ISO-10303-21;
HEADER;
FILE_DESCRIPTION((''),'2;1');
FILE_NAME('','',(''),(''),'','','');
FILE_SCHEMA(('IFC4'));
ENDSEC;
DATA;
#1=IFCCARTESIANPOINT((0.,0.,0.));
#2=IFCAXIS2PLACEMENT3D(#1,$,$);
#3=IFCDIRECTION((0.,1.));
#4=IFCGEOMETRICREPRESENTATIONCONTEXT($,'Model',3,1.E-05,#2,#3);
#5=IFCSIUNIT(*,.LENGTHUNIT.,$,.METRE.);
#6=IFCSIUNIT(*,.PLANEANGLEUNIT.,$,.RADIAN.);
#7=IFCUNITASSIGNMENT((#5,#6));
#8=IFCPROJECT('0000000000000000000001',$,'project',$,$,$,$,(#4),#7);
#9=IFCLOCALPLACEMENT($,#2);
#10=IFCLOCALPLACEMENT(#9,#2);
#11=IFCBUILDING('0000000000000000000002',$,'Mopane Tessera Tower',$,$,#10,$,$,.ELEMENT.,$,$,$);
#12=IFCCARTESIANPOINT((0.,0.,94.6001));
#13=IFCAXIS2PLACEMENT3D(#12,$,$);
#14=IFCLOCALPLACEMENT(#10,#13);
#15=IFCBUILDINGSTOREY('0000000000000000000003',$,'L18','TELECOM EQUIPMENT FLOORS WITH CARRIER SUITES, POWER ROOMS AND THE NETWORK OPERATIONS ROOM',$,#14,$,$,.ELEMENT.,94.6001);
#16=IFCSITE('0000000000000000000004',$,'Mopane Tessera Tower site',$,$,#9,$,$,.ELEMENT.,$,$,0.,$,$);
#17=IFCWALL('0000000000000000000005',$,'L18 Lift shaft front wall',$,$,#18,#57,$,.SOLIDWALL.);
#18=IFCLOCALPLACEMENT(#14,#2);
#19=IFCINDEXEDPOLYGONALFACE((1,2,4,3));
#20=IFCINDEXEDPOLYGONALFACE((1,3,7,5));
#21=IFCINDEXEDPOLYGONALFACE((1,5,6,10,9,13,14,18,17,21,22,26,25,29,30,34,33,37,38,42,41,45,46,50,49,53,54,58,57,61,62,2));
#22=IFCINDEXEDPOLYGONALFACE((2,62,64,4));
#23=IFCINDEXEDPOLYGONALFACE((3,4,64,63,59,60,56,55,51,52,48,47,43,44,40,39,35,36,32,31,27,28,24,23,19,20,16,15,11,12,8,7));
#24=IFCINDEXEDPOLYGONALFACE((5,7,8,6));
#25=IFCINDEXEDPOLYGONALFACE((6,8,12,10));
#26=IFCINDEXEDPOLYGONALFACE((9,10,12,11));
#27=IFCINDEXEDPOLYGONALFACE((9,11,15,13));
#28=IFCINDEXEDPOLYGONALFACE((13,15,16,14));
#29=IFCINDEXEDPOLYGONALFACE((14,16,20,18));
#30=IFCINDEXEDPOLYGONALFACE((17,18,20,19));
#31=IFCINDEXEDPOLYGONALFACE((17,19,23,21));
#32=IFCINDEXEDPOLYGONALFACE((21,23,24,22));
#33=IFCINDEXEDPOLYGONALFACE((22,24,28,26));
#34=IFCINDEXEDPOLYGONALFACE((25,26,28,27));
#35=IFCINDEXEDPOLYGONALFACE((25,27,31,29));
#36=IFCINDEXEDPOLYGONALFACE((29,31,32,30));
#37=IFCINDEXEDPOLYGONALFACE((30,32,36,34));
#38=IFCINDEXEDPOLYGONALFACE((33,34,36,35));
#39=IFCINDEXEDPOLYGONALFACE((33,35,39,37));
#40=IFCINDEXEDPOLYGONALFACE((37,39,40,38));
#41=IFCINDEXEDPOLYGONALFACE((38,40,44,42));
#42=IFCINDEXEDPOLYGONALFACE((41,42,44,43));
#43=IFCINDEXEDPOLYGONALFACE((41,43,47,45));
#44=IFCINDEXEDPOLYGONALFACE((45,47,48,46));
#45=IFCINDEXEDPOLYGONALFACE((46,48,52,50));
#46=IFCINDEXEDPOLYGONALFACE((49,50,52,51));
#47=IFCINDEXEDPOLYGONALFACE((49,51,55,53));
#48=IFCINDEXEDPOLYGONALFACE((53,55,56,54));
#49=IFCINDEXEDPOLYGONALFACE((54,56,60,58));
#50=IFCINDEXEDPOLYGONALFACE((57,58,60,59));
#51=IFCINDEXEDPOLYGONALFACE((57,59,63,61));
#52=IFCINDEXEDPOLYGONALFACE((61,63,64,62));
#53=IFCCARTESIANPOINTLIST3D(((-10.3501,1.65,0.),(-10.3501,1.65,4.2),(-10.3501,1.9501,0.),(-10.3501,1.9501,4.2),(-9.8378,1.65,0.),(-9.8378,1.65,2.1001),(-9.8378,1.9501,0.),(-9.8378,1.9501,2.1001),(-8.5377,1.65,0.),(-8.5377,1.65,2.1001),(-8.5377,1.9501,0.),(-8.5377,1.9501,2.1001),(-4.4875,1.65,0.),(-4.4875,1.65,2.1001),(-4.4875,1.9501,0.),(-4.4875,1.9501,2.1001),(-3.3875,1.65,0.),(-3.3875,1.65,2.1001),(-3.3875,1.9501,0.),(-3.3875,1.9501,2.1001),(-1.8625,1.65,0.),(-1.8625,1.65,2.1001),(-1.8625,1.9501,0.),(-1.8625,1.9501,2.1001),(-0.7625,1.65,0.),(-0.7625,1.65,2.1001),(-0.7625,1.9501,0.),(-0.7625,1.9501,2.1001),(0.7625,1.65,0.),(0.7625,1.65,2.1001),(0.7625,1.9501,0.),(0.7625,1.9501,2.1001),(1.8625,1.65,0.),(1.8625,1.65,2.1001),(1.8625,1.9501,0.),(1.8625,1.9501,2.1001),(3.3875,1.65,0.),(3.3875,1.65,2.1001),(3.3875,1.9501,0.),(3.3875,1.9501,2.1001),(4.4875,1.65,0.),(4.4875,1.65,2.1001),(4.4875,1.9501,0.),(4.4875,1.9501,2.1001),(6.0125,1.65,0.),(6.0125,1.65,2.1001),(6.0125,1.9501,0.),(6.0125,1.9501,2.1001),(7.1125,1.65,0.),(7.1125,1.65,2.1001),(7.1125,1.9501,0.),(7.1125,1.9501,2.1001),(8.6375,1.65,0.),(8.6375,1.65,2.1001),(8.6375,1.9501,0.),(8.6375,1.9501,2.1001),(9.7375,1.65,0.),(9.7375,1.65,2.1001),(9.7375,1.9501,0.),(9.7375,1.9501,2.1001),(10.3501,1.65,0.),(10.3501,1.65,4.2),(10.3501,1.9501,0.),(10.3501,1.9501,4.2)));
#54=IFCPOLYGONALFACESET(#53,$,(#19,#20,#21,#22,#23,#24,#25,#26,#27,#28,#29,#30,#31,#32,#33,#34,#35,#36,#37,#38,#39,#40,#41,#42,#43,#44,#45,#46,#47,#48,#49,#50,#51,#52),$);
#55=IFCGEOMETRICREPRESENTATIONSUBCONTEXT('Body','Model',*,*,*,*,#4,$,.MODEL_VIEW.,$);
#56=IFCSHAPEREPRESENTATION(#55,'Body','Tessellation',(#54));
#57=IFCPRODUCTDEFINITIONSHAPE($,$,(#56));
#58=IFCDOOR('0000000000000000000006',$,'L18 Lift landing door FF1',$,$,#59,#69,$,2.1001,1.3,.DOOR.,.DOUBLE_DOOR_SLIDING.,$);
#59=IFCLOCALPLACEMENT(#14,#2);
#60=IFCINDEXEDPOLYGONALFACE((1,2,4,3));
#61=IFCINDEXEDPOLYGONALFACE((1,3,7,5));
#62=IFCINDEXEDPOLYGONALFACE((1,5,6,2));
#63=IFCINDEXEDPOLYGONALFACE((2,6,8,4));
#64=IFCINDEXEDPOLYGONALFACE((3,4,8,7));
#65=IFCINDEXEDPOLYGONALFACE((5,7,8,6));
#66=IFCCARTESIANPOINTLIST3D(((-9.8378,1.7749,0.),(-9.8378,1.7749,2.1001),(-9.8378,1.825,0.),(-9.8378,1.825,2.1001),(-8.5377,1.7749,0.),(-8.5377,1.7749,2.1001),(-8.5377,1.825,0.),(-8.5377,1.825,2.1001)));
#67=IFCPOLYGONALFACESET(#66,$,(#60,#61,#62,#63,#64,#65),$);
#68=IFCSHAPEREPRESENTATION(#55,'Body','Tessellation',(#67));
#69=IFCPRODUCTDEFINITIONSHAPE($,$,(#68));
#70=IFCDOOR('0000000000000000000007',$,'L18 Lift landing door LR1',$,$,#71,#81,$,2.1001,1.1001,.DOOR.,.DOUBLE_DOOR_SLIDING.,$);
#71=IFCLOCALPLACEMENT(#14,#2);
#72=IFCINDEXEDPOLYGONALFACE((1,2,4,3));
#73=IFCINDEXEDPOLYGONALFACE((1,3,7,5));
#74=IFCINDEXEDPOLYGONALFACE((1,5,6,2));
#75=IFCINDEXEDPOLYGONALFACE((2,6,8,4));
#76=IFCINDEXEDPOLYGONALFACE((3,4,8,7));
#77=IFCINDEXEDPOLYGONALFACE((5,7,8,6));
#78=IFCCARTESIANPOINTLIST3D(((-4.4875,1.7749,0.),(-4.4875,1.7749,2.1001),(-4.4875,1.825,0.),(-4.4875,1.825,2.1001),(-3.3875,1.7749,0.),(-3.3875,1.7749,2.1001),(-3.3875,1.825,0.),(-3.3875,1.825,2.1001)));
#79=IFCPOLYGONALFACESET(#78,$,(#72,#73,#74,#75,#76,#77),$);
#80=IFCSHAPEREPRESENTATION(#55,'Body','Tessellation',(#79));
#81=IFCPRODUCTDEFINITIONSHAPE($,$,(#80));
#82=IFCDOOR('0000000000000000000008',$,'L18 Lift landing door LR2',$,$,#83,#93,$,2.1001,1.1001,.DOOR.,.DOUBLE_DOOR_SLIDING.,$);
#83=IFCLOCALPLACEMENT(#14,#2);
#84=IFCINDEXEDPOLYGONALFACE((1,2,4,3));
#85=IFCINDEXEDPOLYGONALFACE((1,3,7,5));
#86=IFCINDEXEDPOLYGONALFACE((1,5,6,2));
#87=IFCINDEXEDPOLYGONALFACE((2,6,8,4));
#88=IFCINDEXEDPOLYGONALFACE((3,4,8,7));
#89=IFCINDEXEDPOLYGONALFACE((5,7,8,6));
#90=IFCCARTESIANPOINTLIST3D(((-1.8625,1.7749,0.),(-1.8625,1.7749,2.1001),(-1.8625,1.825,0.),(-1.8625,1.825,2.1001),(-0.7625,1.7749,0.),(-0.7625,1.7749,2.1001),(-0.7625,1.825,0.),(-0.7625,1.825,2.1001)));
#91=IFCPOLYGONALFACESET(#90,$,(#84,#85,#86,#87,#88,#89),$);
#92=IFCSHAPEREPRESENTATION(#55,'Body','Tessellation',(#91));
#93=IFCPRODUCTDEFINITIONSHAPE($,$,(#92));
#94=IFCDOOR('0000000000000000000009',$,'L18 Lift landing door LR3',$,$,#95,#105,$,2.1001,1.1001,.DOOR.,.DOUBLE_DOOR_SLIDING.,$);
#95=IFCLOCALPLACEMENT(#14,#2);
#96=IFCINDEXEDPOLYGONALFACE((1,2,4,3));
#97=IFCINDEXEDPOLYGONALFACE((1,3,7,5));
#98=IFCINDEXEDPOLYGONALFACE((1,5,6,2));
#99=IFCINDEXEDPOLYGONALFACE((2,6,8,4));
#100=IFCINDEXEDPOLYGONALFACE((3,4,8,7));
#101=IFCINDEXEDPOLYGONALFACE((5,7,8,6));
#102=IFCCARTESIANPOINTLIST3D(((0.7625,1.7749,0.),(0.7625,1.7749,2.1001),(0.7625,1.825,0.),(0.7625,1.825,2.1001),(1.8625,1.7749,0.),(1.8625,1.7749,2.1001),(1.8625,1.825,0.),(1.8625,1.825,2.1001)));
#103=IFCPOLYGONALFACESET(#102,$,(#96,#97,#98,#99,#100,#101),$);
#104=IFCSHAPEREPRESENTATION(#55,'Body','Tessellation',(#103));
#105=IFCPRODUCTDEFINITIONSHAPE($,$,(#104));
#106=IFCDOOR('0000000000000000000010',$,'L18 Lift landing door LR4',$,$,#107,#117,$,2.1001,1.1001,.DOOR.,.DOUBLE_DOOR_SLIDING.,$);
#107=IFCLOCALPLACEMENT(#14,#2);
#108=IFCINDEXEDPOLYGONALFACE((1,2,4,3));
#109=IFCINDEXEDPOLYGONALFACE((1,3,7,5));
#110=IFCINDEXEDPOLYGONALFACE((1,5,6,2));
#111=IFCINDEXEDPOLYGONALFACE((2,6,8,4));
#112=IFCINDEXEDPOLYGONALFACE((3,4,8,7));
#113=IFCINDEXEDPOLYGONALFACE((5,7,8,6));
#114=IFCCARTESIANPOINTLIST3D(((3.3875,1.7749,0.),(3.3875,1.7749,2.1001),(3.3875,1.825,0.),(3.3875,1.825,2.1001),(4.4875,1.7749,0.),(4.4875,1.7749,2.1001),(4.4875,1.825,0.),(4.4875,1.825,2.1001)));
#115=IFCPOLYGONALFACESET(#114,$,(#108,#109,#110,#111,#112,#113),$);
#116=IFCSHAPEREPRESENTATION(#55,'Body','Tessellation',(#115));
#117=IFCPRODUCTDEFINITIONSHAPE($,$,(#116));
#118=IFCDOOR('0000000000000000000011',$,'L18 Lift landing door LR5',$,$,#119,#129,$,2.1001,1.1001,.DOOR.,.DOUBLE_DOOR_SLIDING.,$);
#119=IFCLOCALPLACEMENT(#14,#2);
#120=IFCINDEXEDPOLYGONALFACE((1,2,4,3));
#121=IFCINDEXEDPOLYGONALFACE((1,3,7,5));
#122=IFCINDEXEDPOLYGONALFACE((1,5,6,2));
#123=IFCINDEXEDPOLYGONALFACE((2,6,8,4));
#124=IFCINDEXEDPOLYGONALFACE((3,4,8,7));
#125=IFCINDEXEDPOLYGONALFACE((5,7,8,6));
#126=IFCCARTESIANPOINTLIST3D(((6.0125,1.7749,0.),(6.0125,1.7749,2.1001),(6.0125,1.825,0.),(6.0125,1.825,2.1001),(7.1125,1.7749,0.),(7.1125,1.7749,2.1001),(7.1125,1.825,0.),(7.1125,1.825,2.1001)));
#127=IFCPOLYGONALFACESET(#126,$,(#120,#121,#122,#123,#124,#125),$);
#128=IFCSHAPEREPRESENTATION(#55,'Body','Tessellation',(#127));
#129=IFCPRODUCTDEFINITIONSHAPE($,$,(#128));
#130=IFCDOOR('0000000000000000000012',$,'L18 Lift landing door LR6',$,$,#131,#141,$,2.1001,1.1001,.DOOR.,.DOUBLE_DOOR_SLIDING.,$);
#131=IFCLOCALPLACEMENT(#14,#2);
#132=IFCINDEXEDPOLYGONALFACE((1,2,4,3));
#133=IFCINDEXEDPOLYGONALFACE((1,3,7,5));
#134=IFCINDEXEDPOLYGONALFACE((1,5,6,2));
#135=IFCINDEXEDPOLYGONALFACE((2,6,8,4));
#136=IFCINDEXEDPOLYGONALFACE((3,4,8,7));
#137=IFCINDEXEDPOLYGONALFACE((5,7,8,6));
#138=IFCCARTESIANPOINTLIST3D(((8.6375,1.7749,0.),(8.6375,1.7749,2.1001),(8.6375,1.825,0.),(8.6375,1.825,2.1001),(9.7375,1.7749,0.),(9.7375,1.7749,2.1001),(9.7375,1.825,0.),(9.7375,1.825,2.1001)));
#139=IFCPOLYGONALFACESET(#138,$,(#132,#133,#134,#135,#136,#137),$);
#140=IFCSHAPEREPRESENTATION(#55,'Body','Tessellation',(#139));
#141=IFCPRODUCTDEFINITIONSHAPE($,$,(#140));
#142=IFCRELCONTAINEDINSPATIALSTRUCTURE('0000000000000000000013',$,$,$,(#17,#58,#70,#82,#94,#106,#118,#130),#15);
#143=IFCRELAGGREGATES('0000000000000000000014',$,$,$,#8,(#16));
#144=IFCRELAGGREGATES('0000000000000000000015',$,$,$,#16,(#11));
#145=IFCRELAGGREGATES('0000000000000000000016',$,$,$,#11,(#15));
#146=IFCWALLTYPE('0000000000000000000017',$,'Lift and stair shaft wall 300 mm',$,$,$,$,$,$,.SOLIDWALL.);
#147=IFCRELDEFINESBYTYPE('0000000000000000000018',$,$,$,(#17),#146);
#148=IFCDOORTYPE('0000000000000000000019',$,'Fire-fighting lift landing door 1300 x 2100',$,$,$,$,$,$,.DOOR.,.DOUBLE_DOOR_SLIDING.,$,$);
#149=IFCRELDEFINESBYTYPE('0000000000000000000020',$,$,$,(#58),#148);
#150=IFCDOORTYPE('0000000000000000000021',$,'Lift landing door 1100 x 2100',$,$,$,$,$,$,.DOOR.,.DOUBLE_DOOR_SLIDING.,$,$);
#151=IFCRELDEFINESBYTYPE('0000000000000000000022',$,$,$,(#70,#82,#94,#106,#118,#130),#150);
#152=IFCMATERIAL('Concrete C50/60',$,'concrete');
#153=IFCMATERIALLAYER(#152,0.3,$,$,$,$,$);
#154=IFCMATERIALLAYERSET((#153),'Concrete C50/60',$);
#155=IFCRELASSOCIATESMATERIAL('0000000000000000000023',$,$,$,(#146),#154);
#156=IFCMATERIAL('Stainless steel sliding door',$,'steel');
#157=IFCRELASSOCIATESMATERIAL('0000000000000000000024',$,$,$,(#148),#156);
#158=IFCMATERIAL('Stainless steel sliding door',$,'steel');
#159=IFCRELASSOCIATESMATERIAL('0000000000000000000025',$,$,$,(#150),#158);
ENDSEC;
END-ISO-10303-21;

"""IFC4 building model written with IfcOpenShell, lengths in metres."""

from ifc_helpers import new_model, si_unit, direction, frame, frame_2d, origin, place, context, subcontext, project, spatial, rectangle, extrude, material, layer, layer_set, type_object, element, fill, save


model = new_model("IFC4")

# Units and contexts
model_context = context("Model", 3, precision=1e-05, world=origin(), true_north=direction((0.0, 1.0)))
body_context = subcontext(model_context, "Body", "Model", "MODEL_VIEW")
ifc_project = project(units=[si_unit("LENGTHUNIT", "METRE"), si_unit("PLANEANGLEUNIT", "RADIAN")], contexts=[model_context])

# Site, building, storey
site_placement = place(None, origin())
site = spatial("IfcSite", under=ifc_project, at=site_placement, Name="Mopane Tessera Tower site", CompositionType="ELEMENT", RefElevation=0.0)
building_placement = place(site_placement, origin())
building = spatial("IfcBuilding", under=site, at=building_placement, Name="Mopane Tessera Tower", CompositionType="ELEMENT")
storey_placement = place(building_placement, frame((0.0, 0.0, 94.6001)))
storey = spatial("IfcBuildingStorey", under=building, at=storey_placement, Name="L18", Description="TELECOM EQUIPMENT FLOORS WITH CARRIER SUITES, POWER ROOMS AND THE NETWORK OPERATIONS ROOM", CompositionType="ELEMENT", Elevation=94.6001)

# Shared definitions
ifc_material_1 = material(Name="Concrete C50/60", Category="concrete")
ifc_layer_1 = layer(ifc_material_1, 0.3)
ifc_layer_set_1 = layer_set([ifc_layer_1], Name="Concrete C50/60")
wall_type_1 = type_object("IfcWallType", Name="Lift and stair shaft wall 300 mm", PredefinedType="SOLIDWALL", material=ifc_layer_set_1)

# Wall, openings, doors
wall_1_placement = place(storey_placement, frame((-10.3501, 1.8, 0.0), z_axis=(0.0, 0.0, 1.0), x_axis=(1.0, 0.0, 0.0)))
wall_1 = element("IfcWall", 1, at=wall_1_placement, inside=storey, type_object=wall_type_1, Name="L18 Lift shaft front wall", PredefinedType="SOLIDWALL", context=body_context, shape_type="SweptSolid", body=[
    extrude(rectangle(XDim=20.7002, YDim=0.3, at=frame_2d((10.3501, 0.0))), origin(), (0.0, 0.0, 1.0), 4.2),
])
opening_1_placement = place(wall_1_placement, frame((0.5125, 0.0, 0.0)))
opening_1 = element("IfcOpeningElement", 2, at=opening_1_placement, cuts=wall_1, PredefinedType="OPENING", context=body_context, shape_type="SweptSolid", body=[
    extrude(rectangle(XDim=1.3, YDim=2.1001, at=frame_2d((0.6499, 1.05))), frame((0.0, 0.1621, 0.0), z_axis=(0.0, -1.0, 0.0), x_axis=(1.0, 0.0, 0.0)), (0.0, 0.0, 1.0), 0.324),
])
opening_2_placement = place(wall_1_placement, frame((5.8625, 0.0, 0.0)))
opening_2 = element("IfcOpeningElement", 3, at=opening_2_placement, cuts=wall_1, PredefinedType="OPENING", context=body_context, shape_type="SweptSolid", body=[
    extrude(rectangle(XDim=1.1001, YDim=2.1001, at=frame_2d((0.55, 1.05))), frame((0.0, 0.1621, 0.0), z_axis=(0.0, -1.0, 0.0), x_axis=(1.0, 0.0, 0.0)), (0.0, 0.0, 1.0), 0.324),
])
opening_3_placement = place(wall_1_placement, frame((8.4875, 0.0, 0.0)))
opening_3 = element("IfcOpeningElement", 4, at=opening_3_placement, cuts=wall_1, PredefinedType="OPENING", context=body_context, shape_type="SweptSolid", body=[
    extrude(rectangle(XDim=1.1001, YDim=2.1001, at=frame_2d((0.55, 1.05))), frame((0.0, 0.1621, 0.0), z_axis=(0.0, -1.0, 0.0), x_axis=(1.0, 0.0, 0.0)), (0.0, 0.0, 1.0), 0.324),
])
opening_4_placement = place(wall_1_placement, frame((11.1125, 0.0, 0.0)))
opening_4 = element("IfcOpeningElement", 5, at=opening_4_placement, cuts=wall_1, PredefinedType="OPENING", context=body_context, shape_type="SweptSolid", body=[
    extrude(rectangle(XDim=1.1001, YDim=2.1001, at=frame_2d((0.55, 1.05))), frame((0.0, 0.1621, 0.0), z_axis=(0.0, -1.0, 0.0), x_axis=(1.0, 0.0, 0.0)), (0.0, 0.0, 1.0), 0.324),
])
opening_5_placement = place(wall_1_placement, frame((13.7375, 0.0, 0.0)))
opening_5 = element("IfcOpeningElement", 6, at=opening_5_placement, cuts=wall_1, PredefinedType="OPENING", context=body_context, shape_type="SweptSolid", body=[
    extrude(rectangle(XDim=1.1001, YDim=2.1001, at=frame_2d((0.55, 1.05))), frame((0.0, 0.1621, 0.0), z_axis=(0.0, -1.0, 0.0), x_axis=(1.0, 0.0, 0.0)), (0.0, 0.0, 1.0), 0.324),
])
opening_6_placement = place(wall_1_placement, frame((16.3625, 0.0, 0.0)))
opening_6 = element("IfcOpeningElement", 7, at=opening_6_placement, cuts=wall_1, PredefinedType="OPENING", context=body_context, shape_type="SweptSolid", body=[
    extrude(rectangle(XDim=1.1001, YDim=2.1001, at=frame_2d((0.55, 1.05))), frame((0.0, 0.1621, 0.0), z_axis=(0.0, -1.0, 0.0), x_axis=(1.0, 0.0, 0.0)), (0.0, 0.0, 1.0), 0.324),
])
opening_7_placement = place(wall_1_placement, frame((18.9875, 0.0, 0.0)))
opening_7 = element("IfcOpeningElement", 8, at=opening_7_placement, cuts=wall_1, PredefinedType="OPENING", context=body_context, shape_type="SweptSolid", body=[
    extrude(rectangle(XDim=1.1001, YDim=2.1001, at=frame_2d((0.55, 1.05))), frame((0.0, 0.1621, 0.0), z_axis=(0.0, -1.0, 0.0), x_axis=(1.0, 0.0, 0.0)), (0.0, 0.0, 1.0), 0.324),
])
ifc_material_2 = material(Name="Stainless steel sliding door", Category="steel")
door_type_1 = type_object("IfcDoorType", Name="Fire-fighting lift landing door 1300 x 2100", OperationType="DOUBLE_DOOR_SLIDING", PredefinedType="DOOR", material=ifc_material_2)
door_1_placement = place(opening_1_placement, origin())
door_1 = element("IfcDoor", 9, at=door_1_placement, inside=storey, type_object=door_type_1, Name="L18 Lift landing door FF1", OperationType="DOUBLE_DOOR_SLIDING", OverallHeight=2.1001, OverallWidth=1.3, PredefinedType="DOOR", context=body_context, shape_type="SweptSolid", body=[
    extrude(rectangle(XDim=1.3, YDim=2.1001, at=frame_2d((0.6499, 1.05))), frame((0.0, 0.0249, 0.0), z_axis=(0.0, -1.0, 0.0), x_axis=(1.0, 0.0, 0.0)), (0.0, 0.0, 1.0), 0.05),
])
fill(opening_1, door_1)
ifc_material_3 = material(Name="Stainless steel sliding door", Category="steel")
door_type_2 = type_object("IfcDoorType", Name="Lift landing door 1100 x 2100", OperationType="DOUBLE_DOOR_SLIDING", PredefinedType="DOOR", material=ifc_material_3)
door_2_placement = place(opening_2_placement, origin())
door_2 = element("IfcDoor", 10, at=door_2_placement, inside=storey, type_object=door_type_2, Name="L18 Lift landing door LR1", OperationType="DOUBLE_DOOR_SLIDING", OverallHeight=2.1001, OverallWidth=1.1001, PredefinedType="DOOR", context=body_context, shape_type="SweptSolid", body=[
    extrude(rectangle(XDim=1.1001, YDim=2.1001, at=frame_2d((0.55, 1.05))), frame((0.0, 0.0249, 0.0), z_axis=(0.0, -1.0, 0.0), x_axis=(1.0, 0.0, 0.0)), (0.0, 0.0, 1.0), 0.05),
])
fill(opening_2, door_2)
door_3_placement = place(opening_3_placement, origin())
door_3 = element("IfcDoor", 11, at=door_3_placement, inside=storey, type_object=door_type_2, Name="L18 Lift landing door LR2", OperationType="DOUBLE_DOOR_SLIDING", OverallHeight=2.1001, OverallWidth=1.1001, PredefinedType="DOOR", context=body_context, shape_type="SweptSolid", body=[
    extrude(rectangle(XDim=1.1001, YDim=2.1001, at=frame_2d((0.55, 1.05))), frame((0.0, 0.0249, 0.0), z_axis=(0.0, -1.0, 0.0), x_axis=(1.0, 0.0, 0.0)), (0.0, 0.0, 1.0), 0.05),
])
fill(opening_3, door_3)
door_4_placement = place(opening_4_placement, origin())
door_4 = element("IfcDoor", 12, at=door_4_placement, inside=storey, type_object=door_type_2, Name="L18 Lift landing door LR3", OperationType="DOUBLE_DOOR_SLIDING", OverallHeight=2.1001, OverallWidth=1.1001, PredefinedType="DOOR", context=body_context, shape_type="SweptSolid", body=[
    extrude(rectangle(XDim=1.1001, YDim=2.1001, at=frame_2d((0.55, 1.05))), frame((0.0, 0.0249, 0.0), z_axis=(0.0, -1.0, 0.0), x_axis=(1.0, 0.0, 0.0)), (0.0, 0.0, 1.0), 0.05),
])
fill(opening_4, door_4)
door_5_placement = place(opening_5_placement, origin())
door_5 = element("IfcDoor", 13, at=door_5_placement, inside=storey, type_object=door_type_2, Name="L18 Lift landing door LR4", OperationType="DOUBLE_DOOR_SLIDING", OverallHeight=2.1001, OverallWidth=1.1001, PredefinedType="DOOR", context=body_context, shape_type="SweptSolid", body=[
    extrude(rectangle(XDim=1.1001, YDim=2.1001, at=frame_2d((0.55, 1.05))), frame((0.0, 0.0249, 0.0), z_axis=(0.0, -1.0, 0.0), x_axis=(1.0, 0.0, 0.0)), (0.0, 0.0, 1.0), 0.05),
])
fill(opening_5, door_5)
door_6_placement = place(opening_6_placement, origin())
door_6 = element("IfcDoor", 14, at=door_6_placement, inside=storey, type_object=door_type_2, Name="L18 Lift landing door LR5", OperationType="DOUBLE_DOOR_SLIDING", OverallHeight=2.1001, OverallWidth=1.1001, PredefinedType="DOOR", context=body_context, shape_type="SweptSolid", body=[
    extrude(rectangle(XDim=1.1001, YDim=2.1001, at=frame_2d((0.55, 1.05))), frame((0.0, 0.0249, 0.0), z_axis=(0.0, -1.0, 0.0), x_axis=(1.0, 0.0, 0.0)), (0.0, 0.0, 1.0), 0.05),
])
fill(opening_6, door_6)
door_7_placement = place(opening_7_placement, origin())
door_7 = element("IfcDoor", 15, at=door_7_placement, inside=storey, type_object=door_type_2, Name="L18 Lift landing door LR6", OperationType="DOUBLE_DOOR_SLIDING", OverallHeight=2.1001, OverallWidth=1.1001, PredefinedType="DOOR", context=body_context, shape_type="SweptSolid", body=[
    extrude(rectangle(XDim=1.1001, YDim=2.1001, at=frame_2d((0.55, 1.05))), frame((0.0, 0.0249, 0.0), z_axis=(0.0, -1.0, 0.0), x_axis=(1.0, 0.0, 0.0)), (0.0, 0.0, 1.0), 0.05),
])
fill(opening_7, door_7)

save(model, "model.ifc")
